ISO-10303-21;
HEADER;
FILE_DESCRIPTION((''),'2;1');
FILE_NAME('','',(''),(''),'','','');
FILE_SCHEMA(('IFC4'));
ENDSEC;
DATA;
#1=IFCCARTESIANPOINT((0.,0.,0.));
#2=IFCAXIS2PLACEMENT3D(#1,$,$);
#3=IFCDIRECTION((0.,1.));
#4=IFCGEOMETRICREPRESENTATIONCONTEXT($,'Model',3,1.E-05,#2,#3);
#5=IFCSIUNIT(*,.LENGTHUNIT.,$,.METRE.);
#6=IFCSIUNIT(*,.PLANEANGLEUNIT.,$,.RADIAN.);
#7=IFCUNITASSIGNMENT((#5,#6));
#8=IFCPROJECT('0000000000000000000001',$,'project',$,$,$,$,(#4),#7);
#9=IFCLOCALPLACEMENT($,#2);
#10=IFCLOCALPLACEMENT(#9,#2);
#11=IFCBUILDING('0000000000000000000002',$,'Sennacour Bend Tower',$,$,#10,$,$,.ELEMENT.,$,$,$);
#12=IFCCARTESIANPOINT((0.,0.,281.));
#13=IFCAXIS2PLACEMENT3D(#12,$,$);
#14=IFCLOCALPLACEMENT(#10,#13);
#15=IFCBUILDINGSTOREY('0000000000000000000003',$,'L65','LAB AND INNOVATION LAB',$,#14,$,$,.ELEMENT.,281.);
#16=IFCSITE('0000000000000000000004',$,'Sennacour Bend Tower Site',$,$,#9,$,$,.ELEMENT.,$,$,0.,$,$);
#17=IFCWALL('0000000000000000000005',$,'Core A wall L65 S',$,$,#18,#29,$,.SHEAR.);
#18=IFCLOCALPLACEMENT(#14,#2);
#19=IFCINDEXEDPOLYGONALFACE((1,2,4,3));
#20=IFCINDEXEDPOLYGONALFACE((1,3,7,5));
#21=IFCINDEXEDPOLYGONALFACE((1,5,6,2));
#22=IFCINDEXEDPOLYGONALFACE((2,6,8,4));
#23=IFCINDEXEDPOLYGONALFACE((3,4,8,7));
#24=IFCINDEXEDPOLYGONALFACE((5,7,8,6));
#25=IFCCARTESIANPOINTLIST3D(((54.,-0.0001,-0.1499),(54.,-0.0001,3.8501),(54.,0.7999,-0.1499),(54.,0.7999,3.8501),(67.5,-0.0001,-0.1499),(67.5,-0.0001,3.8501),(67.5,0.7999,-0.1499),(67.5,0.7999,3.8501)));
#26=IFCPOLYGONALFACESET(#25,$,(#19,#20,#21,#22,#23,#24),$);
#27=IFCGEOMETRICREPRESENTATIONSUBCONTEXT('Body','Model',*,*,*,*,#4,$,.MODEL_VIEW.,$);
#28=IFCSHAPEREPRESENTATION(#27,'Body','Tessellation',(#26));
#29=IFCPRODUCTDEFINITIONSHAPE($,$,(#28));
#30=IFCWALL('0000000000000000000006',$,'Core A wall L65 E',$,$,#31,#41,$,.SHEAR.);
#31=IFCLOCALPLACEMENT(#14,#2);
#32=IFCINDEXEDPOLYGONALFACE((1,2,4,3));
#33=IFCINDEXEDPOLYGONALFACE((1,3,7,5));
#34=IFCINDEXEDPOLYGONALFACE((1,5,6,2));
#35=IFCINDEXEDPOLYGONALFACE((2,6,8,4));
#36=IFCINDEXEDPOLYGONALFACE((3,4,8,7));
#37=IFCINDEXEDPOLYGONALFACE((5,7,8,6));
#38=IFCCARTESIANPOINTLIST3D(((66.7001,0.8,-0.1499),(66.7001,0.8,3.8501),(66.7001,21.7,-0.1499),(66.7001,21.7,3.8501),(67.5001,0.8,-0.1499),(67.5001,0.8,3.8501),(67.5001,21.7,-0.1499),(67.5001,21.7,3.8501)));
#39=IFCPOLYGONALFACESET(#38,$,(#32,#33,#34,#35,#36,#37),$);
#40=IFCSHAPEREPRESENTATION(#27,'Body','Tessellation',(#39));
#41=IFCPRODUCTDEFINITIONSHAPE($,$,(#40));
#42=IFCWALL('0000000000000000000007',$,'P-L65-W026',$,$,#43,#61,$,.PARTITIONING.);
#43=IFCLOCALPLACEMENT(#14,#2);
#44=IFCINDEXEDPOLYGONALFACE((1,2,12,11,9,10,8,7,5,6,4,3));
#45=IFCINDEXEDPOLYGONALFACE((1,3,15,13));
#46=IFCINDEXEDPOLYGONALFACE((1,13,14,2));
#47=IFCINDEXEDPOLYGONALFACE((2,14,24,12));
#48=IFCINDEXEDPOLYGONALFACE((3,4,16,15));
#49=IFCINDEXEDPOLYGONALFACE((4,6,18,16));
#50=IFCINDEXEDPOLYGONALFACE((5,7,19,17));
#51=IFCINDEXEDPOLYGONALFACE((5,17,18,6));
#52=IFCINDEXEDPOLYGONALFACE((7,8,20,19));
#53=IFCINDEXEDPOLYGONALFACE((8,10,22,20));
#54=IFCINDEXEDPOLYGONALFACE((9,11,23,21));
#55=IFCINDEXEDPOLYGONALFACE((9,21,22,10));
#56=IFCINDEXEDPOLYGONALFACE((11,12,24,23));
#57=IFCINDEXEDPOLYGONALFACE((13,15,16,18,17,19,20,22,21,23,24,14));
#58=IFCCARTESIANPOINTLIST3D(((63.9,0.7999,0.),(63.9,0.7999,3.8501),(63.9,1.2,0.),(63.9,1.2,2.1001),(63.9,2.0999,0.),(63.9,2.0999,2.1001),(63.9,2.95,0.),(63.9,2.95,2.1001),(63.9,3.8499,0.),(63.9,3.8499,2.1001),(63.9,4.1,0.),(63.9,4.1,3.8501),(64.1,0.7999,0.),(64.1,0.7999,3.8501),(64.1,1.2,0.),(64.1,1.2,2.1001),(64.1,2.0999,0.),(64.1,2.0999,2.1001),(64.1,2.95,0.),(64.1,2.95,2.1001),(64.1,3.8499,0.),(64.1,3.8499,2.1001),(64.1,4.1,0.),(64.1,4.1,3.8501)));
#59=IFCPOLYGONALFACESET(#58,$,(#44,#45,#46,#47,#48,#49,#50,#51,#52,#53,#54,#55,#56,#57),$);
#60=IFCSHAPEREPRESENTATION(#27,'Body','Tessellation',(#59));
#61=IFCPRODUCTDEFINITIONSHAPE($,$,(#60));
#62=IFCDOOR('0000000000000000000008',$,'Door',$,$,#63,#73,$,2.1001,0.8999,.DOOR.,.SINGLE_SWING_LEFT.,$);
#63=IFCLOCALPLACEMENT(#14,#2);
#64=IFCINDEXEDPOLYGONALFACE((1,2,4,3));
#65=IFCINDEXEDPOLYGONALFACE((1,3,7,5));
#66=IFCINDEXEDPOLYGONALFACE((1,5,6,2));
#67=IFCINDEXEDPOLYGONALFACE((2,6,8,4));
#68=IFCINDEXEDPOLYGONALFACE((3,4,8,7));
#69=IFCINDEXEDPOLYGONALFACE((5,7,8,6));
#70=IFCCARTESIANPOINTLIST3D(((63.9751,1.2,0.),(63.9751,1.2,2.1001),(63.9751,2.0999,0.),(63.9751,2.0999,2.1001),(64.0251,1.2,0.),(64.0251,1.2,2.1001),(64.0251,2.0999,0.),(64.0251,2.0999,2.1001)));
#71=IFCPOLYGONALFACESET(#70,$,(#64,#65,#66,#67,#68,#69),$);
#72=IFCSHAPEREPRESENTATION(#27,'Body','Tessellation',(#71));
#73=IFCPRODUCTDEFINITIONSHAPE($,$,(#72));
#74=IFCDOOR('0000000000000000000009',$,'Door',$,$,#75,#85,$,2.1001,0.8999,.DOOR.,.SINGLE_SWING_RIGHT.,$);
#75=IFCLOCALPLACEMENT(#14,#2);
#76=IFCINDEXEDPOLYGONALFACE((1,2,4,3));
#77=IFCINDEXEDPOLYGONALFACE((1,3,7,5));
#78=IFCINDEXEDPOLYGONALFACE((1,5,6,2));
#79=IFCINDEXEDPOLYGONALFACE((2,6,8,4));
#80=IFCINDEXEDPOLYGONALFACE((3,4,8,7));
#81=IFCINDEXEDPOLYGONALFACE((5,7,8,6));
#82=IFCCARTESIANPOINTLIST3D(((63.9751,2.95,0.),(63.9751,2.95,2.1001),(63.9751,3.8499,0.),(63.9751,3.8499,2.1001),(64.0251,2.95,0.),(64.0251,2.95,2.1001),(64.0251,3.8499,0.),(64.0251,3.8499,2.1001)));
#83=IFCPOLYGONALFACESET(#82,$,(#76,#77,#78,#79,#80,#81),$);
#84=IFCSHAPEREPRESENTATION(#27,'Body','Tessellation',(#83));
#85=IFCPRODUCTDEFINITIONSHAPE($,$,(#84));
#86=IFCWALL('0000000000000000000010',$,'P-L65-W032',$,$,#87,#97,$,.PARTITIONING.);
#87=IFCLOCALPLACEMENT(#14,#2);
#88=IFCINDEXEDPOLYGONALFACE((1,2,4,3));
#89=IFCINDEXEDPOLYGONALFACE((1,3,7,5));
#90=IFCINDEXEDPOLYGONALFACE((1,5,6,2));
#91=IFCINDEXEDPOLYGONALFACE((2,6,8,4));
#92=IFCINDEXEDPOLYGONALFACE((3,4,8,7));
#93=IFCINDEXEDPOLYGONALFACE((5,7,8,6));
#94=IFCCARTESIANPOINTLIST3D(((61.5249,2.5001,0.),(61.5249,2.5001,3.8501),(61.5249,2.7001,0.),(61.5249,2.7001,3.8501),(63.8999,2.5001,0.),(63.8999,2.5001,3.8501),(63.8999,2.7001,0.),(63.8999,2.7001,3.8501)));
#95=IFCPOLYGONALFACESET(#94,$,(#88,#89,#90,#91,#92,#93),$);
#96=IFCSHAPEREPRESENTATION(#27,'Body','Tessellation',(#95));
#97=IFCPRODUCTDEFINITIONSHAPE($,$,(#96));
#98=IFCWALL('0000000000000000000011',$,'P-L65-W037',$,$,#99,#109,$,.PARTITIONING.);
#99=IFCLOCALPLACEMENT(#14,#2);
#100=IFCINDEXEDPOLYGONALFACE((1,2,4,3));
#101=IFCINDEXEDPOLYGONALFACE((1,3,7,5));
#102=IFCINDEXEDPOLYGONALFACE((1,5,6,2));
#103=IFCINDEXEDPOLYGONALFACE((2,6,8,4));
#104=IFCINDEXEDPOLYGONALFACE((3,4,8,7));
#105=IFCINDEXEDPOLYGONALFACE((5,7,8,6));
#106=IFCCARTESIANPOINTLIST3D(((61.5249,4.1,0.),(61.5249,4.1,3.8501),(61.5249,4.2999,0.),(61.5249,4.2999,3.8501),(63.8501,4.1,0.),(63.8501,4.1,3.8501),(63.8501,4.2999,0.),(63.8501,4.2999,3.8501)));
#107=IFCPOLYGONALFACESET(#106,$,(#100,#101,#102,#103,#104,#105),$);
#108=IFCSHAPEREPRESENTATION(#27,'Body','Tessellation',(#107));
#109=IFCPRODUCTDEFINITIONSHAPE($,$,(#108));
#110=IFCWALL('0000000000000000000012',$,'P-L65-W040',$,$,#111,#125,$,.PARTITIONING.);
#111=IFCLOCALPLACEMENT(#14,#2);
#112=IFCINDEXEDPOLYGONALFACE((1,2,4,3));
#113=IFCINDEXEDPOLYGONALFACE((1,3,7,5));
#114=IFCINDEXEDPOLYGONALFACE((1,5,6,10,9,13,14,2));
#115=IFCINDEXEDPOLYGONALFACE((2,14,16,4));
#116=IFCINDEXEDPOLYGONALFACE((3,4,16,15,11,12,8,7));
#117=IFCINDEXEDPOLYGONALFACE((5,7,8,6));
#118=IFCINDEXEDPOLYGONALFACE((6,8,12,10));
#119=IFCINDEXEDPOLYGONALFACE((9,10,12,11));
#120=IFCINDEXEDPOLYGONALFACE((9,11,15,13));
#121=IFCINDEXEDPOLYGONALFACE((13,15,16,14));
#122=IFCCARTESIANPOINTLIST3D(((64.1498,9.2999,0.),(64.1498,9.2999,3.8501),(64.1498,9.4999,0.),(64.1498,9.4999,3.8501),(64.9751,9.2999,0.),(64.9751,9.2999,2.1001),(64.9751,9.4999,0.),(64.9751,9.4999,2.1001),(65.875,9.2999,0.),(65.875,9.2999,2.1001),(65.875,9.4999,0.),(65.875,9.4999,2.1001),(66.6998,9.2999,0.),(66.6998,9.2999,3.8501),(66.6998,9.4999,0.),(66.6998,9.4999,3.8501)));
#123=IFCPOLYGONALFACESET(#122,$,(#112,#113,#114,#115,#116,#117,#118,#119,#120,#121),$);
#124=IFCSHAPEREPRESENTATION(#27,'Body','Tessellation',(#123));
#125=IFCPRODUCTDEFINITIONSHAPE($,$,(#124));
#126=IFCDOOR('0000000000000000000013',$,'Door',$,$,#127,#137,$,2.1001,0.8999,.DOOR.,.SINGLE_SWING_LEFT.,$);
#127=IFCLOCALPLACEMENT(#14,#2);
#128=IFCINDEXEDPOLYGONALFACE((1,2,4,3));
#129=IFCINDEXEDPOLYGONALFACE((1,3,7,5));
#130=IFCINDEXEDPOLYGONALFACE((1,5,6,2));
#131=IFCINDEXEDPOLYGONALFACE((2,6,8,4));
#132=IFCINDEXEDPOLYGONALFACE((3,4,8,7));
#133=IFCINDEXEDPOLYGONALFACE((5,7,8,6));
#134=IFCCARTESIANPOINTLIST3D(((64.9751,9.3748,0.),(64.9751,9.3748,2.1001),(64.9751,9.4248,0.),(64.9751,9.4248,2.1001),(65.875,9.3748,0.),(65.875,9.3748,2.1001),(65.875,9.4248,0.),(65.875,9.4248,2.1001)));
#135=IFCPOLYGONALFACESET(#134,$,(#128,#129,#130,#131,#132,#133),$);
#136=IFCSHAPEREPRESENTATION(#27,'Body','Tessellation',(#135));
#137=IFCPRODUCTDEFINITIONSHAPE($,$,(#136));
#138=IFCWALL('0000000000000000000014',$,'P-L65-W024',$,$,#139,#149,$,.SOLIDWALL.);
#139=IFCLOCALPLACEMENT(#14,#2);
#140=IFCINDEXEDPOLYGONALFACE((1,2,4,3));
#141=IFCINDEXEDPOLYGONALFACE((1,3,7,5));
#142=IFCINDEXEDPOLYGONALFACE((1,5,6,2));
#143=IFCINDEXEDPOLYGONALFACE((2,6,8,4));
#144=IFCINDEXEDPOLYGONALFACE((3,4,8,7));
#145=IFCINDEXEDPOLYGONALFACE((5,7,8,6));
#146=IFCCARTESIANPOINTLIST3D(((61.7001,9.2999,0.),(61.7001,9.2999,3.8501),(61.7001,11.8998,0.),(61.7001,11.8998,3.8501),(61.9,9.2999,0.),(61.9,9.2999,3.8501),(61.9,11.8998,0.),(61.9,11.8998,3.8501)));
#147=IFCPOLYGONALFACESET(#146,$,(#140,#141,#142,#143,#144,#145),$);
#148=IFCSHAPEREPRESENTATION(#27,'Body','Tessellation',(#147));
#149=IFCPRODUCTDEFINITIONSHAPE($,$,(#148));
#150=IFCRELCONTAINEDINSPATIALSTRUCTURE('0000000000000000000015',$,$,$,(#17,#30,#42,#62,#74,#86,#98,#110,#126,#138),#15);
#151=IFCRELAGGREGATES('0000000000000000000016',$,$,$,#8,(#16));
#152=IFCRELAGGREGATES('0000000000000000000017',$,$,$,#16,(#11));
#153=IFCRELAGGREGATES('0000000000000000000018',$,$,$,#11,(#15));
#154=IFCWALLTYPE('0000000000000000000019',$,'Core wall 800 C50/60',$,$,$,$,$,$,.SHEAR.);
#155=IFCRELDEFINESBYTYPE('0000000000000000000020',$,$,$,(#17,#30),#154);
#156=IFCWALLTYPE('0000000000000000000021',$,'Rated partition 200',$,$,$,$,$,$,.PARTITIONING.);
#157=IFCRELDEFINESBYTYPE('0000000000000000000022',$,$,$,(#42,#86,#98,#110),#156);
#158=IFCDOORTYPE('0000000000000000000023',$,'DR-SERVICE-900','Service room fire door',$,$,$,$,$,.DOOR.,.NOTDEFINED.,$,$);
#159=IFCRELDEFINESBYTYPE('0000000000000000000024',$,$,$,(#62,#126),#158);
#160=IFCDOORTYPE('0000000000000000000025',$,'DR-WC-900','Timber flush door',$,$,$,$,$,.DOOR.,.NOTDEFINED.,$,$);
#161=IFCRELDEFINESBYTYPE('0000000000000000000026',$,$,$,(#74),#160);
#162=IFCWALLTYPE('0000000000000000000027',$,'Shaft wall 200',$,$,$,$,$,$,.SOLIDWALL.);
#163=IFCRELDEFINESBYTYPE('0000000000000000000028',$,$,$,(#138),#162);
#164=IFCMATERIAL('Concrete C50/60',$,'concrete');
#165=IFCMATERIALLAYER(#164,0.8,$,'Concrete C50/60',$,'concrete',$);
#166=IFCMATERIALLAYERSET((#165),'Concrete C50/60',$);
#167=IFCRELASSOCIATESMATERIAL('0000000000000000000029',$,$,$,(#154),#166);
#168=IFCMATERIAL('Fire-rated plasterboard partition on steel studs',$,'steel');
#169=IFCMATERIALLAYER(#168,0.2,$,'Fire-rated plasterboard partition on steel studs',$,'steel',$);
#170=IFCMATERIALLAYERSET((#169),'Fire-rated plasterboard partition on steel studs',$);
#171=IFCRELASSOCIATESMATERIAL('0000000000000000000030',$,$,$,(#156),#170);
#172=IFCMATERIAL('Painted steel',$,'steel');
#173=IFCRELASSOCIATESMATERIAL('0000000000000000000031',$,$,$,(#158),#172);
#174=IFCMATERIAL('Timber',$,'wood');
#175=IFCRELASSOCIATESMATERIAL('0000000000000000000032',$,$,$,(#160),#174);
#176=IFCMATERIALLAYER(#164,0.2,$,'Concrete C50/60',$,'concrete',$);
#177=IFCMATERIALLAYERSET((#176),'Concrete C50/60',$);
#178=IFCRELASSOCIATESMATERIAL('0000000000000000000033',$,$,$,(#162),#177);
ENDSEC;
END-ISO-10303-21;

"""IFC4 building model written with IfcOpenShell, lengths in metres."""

from ifc_helpers import new_model, si_unit, direction, frame, frame_2d, origin, place, context, subcontext, project, spatial, rectangle, extrude, material, layer, layer_set, type_object, element, fill, save


model = new_model("IFC4")

# Units and contexts
model_context = context("Model", 3, precision=1e-05, world=origin(), true_north=direction((0.0, 1.0)))
body_context = subcontext(model_context, "Body", "Model", "MODEL_VIEW")
ifc_project = project(units=[si_unit("LENGTHUNIT", "METRE"), si_unit("PLANEANGLEUNIT", "RADIAN")], contexts=[model_context])

# Site, building, storey
site_placement = place(None, origin())
site = spatial("IfcSite", under=ifc_project, at=site_placement, Name="Sennacour Bend Tower Site", CompositionType="ELEMENT", RefElevation=0.0)
building_placement = place(site_placement, origin())
building = spatial("IfcBuilding", under=site, at=building_placement, Name="Sennacour Bend Tower", CompositionType="ELEMENT")
storey_placement = place(building_placement, frame((0.0, 0.0, 281.0)))
storey = spatial("IfcBuildingStorey", under=building, at=storey_placement, Name="L65", Description="LAB AND INNOVATION LAB", CompositionType="ELEMENT", Elevation=281.0)

# Walls
ifc_material_1 = material(Name="Concrete C50/60", Category="concrete")
ifc_layer_1 = layer(ifc_material_1, 0.8, Name="Concrete C50/60", Category="concrete")
ifc_layer_set_1 = layer_set([ifc_layer_1], Name="Concrete C50/60")
wall_type_1 = type_object("IfcWallType", Name="Core wall 800 C50/60", PredefinedType="SHEAR", material=ifc_layer_set_1)
wall_1_placement = place(storey_placement, frame((67.5, 0.3999, -0.1499), z_axis=(0.0, 0.0, 1.0), x_axis=(-1.0, 0.0, 0.0)))
element("IfcWall", 1, at=wall_1_placement, inside=storey, type_object=wall_type_1, Name="Core A wall L65 S", PredefinedType="SHEAR", context=body_context, shape_type="SweptSolid", body=[
    extrude(rectangle(XDim=13.5, YDim=0.8, at=frame_2d((6.75, 0.0))), origin(), (0.0, 0.0, 1.0), 4.0),
])
wall_2_placement = place(storey_placement, frame((67.1001, 0.8, -0.1499), z_axis=(0.0, 0.0, 1.0), x_axis=(0.0, 1.0, 0.0)))
element("IfcWall", 2, at=wall_2_placement, inside=storey, type_object=wall_type_1, Name="Core A wall L65 E", PredefinedType="SHEAR", context=body_context, shape_type="SweptSolid", body=[
    extrude(rectangle(XDim=20.8999, YDim=0.8, at=frame_2d((10.45, 0.0))), origin(), (0.0, 0.0, 1.0), 4.0),
])

# Wall, openings, doors
ifc_material_2 = material(Name="Fire-rated plasterboard partition on steel studs", Category="steel")
ifc_layer_2 = layer(ifc_material_2, 0.2, Name="Fire-rated plasterboard partition on steel studs", Category="steel")
ifc_layer_set_2 = layer_set([ifc_layer_2], Name="Fire-rated plasterboard partition on steel studs")
wall_type_2 = type_object("IfcWallType", Name="Rated partition 200", PredefinedType="PARTITIONING", material=ifc_layer_set_2)
wall_3_placement = place(storey_placement, frame((64.0, 0.8, 0.0), z_axis=(0.0, 0.0, 1.0), x_axis=(0.0, 1.0, 0.0)))
wall_3 = element("IfcWall", 3, at=wall_3_placement, inside=storey, type_object=wall_type_2, Name="P-L65-W026", PredefinedType="PARTITIONING", context=body_context, shape_type="SweptSolid", body=[
    extrude(rectangle(XDim=3.3, YDim=0.2, at=frame_2d((1.6499, 0.0))), origin(), (0.0, 0.0, 1.0), 3.8501),
])
opening_1_placement = place(wall_3_placement, frame((0.3999, 0.0, 0.0)))
opening_1 = element("IfcOpeningElement", 4, at=opening_1_placement, cuts=wall_3, PredefinedType="OPENING", context=body_context, shape_type="SweptSolid", body=[
    extrude(rectangle(XDim=0.8999, YDim=2.1001, at=frame_2d((0.45, 1.05))), frame((0.0, 0.1099, 0.0), z_axis=(0.0, -1.0, 0.0), x_axis=(1.0, 0.0, 0.0)), (0.0, 0.0, 1.0), 0.22),
])
opening_2_placement = place(wall_3_placement, frame((2.1499, 0.0, 0.0)))
opening_2 = element("IfcOpeningElement", 5, at=opening_2_placement, cuts=wall_3, PredefinedType="OPENING", context=body_context, shape_type="SweptSolid", body=[
    extrude(rectangle(XDim=0.8999, YDim=2.1001, at=frame_2d((0.45, 1.05))), frame((0.0, 0.1099, 0.0), z_axis=(0.0, -1.0, 0.0), x_axis=(1.0, 0.0, 0.0)), (0.0, 0.0, 1.0), 0.22),
])
ifc_material_3 = material(Name="Painted steel", Category="steel")
door_type_1 = type_object("IfcDoorType", Name="DR-SERVICE-900", Description="Service room fire door", OperationType="NOTDEFINED", PredefinedType="DOOR", material=ifc_material_3)
door_1_placement = place(opening_1_placement, origin())
door_1 = element("IfcDoor", 6, at=door_1_placement, inside=storey, type_object=door_type_1, Name="Door", OperationType="SINGLE_SWING_LEFT", OverallHeight=2.1001, OverallWidth=0.8999, PredefinedType="DOOR", context=body_context, shape_type="SweptSolid", body=[
    extrude(rectangle(XDim=0.8999, YDim=2.1001, at=frame_2d((0.45, 1.05))), frame((0.0, 0.0249, 0.0), z_axis=(0.0, -1.0, 0.0), x_axis=(1.0, 0.0, 0.0)), (0.0, 0.0, 1.0), 0.05),
])
fill(opening_1, door_1)
ifc_material_4 = material(Name="Timber", Category="wood")
door_type_2 = type_object("IfcDoorType", Name="DR-WC-900", Description="Timber flush door", OperationType="NOTDEFINED", PredefinedType="DOOR", material=ifc_material_4)
door_2_placement = place(opening_2_placement, origin())
door_2 = element("IfcDoor", 7, at=door_2_placement, inside=storey, type_object=door_type_2, Name="Door", OperationType="SINGLE_SWING_RIGHT", OverallHeight=2.1001, OverallWidth=0.8999, PredefinedType="DOOR", context=body_context, shape_type="SweptSolid", body=[
    extrude(rectangle(XDim=0.8999, YDim=2.1001, at=frame_2d((0.45, 1.05))), frame((0.0, 0.0249, 0.0), z_axis=(0.0, -1.0, 0.0), x_axis=(1.0, 0.0, 0.0)), (0.0, 0.0, 1.0), 0.05),
])
fill(opening_2, door_2)

# Walls
wall_4_placement = place(storey_placement, frame((61.5249, 2.6001, 0.0), z_axis=(0.0, 0.0, 1.0), x_axis=(1.0, 0.0, 0.0)))
element("IfcWall", 8, at=wall_4_placement, inside=storey, type_object=wall_type_2, Name="P-L65-W032", PredefinedType="PARTITIONING", context=body_context, shape_type="SweptSolid", body=[
    extrude(rectangle(XDim=2.375, YDim=0.2, at=frame_2d((1.1875, 0.0))), origin(), (0.0, 0.0, 1.0), 3.8501),
])
wall_5_placement = place(storey_placement, frame((61.5249, 4.2, 0.0), z_axis=(0.0, 0.0, 1.0), x_axis=(1.0, 0.0, 0.0)))
element("IfcWall", 9, at=wall_5_placement, inside=storey, type_object=wall_type_2, Name="P-L65-W037", PredefinedType="PARTITIONING", context=body_context, shape_type="SweptSolid", body=[
    extrude(rectangle(XDim=2.3252, YDim=0.2, at=frame_2d((1.1626, 0.0))), origin(), (0.0, 0.0, 1.0), 3.8501),
])

# Wall, opening, door
wall_6_placement = place(storey_placement, frame((64.1499, 9.3999, 0.0), z_axis=(0.0, 0.0, 1.0), x_axis=(1.0, 0.0, 0.0)))
wall_6 = element("IfcWall", 10, at=wall_6_placement, inside=storey, type_object=wall_type_2, Name="P-L65-W040", PredefinedType="PARTITIONING", context=body_context, shape_type="SweptSolid", body=[
    extrude(rectangle(XDim=2.55, YDim=0.2, at=frame_2d((1.2749, 0.0))), origin(), (0.0, 0.0, 1.0), 3.8501),
])
opening_3_placement = place(wall_6_placement, frame((0.8252, 0.0, 0.0)))
opening_3 = element("IfcOpeningElement", 11, at=opening_3_placement, cuts=wall_6, PredefinedType="OPENING", context=body_context, shape_type="SweptSolid", body=[
    extrude(rectangle(XDim=0.8999, YDim=2.1001, at=frame_2d((0.45, 1.05))), frame((0.0, 0.1099, 0.0), z_axis=(0.0, -1.0, 0.0), x_axis=(1.0, 0.0, 0.0)), (0.0, 0.0, 1.0), 0.22),
])
door_3_placement = place(opening_3_placement, origin())
door_3 = element("IfcDoor", 12, at=door_3_placement, inside=storey, type_object=door_type_1, Name="Door", OperationType="SINGLE_SWING_LEFT", OverallHeight=2.1001, OverallWidth=0.8999, PredefinedType="DOOR", context=body_context, shape_type="SweptSolid", body=[
    extrude(rectangle(XDim=0.8999, YDim=2.1001, at=frame_2d((0.45, 1.05))), frame((0.0, 0.0249, 0.0), z_axis=(0.0, -1.0, 0.0), x_axis=(1.0, 0.0, 0.0)), (0.0, 0.0, 1.0), 0.05),
])
fill(opening_3, door_3)

# Wall
ifc_layer_3 = layer(ifc_material_1, 0.2, Name="Concrete C50/60", Category="concrete")
ifc_layer_set_3 = layer_set([ifc_layer_3], Name="Concrete C50/60")
wall_type_3 = type_object("IfcWallType", Name="Shaft wall 200", PredefinedType="SOLIDWALL", material=ifc_layer_set_3)
wall_7_placement = place(storey_placement, frame((61.8, 9.3, 0.0), z_axis=(0.0, 0.0, 1.0), x_axis=(0.0, 1.0, 0.0)))
element("IfcWall", 13, at=wall_7_placement, inside=storey, type_object=wall_type_3, Name="P-L65-W024", PredefinedType="SOLIDWALL", context=body_context, shape_type="SweptSolid", body=[
    extrude(rectangle(XDim=2.5999, YDim=0.2, at=frame_2d((1.2998, 0.0))), origin(), (0.0, 0.0, 1.0), 3.8501),
])

save(model, "model.ifc")
